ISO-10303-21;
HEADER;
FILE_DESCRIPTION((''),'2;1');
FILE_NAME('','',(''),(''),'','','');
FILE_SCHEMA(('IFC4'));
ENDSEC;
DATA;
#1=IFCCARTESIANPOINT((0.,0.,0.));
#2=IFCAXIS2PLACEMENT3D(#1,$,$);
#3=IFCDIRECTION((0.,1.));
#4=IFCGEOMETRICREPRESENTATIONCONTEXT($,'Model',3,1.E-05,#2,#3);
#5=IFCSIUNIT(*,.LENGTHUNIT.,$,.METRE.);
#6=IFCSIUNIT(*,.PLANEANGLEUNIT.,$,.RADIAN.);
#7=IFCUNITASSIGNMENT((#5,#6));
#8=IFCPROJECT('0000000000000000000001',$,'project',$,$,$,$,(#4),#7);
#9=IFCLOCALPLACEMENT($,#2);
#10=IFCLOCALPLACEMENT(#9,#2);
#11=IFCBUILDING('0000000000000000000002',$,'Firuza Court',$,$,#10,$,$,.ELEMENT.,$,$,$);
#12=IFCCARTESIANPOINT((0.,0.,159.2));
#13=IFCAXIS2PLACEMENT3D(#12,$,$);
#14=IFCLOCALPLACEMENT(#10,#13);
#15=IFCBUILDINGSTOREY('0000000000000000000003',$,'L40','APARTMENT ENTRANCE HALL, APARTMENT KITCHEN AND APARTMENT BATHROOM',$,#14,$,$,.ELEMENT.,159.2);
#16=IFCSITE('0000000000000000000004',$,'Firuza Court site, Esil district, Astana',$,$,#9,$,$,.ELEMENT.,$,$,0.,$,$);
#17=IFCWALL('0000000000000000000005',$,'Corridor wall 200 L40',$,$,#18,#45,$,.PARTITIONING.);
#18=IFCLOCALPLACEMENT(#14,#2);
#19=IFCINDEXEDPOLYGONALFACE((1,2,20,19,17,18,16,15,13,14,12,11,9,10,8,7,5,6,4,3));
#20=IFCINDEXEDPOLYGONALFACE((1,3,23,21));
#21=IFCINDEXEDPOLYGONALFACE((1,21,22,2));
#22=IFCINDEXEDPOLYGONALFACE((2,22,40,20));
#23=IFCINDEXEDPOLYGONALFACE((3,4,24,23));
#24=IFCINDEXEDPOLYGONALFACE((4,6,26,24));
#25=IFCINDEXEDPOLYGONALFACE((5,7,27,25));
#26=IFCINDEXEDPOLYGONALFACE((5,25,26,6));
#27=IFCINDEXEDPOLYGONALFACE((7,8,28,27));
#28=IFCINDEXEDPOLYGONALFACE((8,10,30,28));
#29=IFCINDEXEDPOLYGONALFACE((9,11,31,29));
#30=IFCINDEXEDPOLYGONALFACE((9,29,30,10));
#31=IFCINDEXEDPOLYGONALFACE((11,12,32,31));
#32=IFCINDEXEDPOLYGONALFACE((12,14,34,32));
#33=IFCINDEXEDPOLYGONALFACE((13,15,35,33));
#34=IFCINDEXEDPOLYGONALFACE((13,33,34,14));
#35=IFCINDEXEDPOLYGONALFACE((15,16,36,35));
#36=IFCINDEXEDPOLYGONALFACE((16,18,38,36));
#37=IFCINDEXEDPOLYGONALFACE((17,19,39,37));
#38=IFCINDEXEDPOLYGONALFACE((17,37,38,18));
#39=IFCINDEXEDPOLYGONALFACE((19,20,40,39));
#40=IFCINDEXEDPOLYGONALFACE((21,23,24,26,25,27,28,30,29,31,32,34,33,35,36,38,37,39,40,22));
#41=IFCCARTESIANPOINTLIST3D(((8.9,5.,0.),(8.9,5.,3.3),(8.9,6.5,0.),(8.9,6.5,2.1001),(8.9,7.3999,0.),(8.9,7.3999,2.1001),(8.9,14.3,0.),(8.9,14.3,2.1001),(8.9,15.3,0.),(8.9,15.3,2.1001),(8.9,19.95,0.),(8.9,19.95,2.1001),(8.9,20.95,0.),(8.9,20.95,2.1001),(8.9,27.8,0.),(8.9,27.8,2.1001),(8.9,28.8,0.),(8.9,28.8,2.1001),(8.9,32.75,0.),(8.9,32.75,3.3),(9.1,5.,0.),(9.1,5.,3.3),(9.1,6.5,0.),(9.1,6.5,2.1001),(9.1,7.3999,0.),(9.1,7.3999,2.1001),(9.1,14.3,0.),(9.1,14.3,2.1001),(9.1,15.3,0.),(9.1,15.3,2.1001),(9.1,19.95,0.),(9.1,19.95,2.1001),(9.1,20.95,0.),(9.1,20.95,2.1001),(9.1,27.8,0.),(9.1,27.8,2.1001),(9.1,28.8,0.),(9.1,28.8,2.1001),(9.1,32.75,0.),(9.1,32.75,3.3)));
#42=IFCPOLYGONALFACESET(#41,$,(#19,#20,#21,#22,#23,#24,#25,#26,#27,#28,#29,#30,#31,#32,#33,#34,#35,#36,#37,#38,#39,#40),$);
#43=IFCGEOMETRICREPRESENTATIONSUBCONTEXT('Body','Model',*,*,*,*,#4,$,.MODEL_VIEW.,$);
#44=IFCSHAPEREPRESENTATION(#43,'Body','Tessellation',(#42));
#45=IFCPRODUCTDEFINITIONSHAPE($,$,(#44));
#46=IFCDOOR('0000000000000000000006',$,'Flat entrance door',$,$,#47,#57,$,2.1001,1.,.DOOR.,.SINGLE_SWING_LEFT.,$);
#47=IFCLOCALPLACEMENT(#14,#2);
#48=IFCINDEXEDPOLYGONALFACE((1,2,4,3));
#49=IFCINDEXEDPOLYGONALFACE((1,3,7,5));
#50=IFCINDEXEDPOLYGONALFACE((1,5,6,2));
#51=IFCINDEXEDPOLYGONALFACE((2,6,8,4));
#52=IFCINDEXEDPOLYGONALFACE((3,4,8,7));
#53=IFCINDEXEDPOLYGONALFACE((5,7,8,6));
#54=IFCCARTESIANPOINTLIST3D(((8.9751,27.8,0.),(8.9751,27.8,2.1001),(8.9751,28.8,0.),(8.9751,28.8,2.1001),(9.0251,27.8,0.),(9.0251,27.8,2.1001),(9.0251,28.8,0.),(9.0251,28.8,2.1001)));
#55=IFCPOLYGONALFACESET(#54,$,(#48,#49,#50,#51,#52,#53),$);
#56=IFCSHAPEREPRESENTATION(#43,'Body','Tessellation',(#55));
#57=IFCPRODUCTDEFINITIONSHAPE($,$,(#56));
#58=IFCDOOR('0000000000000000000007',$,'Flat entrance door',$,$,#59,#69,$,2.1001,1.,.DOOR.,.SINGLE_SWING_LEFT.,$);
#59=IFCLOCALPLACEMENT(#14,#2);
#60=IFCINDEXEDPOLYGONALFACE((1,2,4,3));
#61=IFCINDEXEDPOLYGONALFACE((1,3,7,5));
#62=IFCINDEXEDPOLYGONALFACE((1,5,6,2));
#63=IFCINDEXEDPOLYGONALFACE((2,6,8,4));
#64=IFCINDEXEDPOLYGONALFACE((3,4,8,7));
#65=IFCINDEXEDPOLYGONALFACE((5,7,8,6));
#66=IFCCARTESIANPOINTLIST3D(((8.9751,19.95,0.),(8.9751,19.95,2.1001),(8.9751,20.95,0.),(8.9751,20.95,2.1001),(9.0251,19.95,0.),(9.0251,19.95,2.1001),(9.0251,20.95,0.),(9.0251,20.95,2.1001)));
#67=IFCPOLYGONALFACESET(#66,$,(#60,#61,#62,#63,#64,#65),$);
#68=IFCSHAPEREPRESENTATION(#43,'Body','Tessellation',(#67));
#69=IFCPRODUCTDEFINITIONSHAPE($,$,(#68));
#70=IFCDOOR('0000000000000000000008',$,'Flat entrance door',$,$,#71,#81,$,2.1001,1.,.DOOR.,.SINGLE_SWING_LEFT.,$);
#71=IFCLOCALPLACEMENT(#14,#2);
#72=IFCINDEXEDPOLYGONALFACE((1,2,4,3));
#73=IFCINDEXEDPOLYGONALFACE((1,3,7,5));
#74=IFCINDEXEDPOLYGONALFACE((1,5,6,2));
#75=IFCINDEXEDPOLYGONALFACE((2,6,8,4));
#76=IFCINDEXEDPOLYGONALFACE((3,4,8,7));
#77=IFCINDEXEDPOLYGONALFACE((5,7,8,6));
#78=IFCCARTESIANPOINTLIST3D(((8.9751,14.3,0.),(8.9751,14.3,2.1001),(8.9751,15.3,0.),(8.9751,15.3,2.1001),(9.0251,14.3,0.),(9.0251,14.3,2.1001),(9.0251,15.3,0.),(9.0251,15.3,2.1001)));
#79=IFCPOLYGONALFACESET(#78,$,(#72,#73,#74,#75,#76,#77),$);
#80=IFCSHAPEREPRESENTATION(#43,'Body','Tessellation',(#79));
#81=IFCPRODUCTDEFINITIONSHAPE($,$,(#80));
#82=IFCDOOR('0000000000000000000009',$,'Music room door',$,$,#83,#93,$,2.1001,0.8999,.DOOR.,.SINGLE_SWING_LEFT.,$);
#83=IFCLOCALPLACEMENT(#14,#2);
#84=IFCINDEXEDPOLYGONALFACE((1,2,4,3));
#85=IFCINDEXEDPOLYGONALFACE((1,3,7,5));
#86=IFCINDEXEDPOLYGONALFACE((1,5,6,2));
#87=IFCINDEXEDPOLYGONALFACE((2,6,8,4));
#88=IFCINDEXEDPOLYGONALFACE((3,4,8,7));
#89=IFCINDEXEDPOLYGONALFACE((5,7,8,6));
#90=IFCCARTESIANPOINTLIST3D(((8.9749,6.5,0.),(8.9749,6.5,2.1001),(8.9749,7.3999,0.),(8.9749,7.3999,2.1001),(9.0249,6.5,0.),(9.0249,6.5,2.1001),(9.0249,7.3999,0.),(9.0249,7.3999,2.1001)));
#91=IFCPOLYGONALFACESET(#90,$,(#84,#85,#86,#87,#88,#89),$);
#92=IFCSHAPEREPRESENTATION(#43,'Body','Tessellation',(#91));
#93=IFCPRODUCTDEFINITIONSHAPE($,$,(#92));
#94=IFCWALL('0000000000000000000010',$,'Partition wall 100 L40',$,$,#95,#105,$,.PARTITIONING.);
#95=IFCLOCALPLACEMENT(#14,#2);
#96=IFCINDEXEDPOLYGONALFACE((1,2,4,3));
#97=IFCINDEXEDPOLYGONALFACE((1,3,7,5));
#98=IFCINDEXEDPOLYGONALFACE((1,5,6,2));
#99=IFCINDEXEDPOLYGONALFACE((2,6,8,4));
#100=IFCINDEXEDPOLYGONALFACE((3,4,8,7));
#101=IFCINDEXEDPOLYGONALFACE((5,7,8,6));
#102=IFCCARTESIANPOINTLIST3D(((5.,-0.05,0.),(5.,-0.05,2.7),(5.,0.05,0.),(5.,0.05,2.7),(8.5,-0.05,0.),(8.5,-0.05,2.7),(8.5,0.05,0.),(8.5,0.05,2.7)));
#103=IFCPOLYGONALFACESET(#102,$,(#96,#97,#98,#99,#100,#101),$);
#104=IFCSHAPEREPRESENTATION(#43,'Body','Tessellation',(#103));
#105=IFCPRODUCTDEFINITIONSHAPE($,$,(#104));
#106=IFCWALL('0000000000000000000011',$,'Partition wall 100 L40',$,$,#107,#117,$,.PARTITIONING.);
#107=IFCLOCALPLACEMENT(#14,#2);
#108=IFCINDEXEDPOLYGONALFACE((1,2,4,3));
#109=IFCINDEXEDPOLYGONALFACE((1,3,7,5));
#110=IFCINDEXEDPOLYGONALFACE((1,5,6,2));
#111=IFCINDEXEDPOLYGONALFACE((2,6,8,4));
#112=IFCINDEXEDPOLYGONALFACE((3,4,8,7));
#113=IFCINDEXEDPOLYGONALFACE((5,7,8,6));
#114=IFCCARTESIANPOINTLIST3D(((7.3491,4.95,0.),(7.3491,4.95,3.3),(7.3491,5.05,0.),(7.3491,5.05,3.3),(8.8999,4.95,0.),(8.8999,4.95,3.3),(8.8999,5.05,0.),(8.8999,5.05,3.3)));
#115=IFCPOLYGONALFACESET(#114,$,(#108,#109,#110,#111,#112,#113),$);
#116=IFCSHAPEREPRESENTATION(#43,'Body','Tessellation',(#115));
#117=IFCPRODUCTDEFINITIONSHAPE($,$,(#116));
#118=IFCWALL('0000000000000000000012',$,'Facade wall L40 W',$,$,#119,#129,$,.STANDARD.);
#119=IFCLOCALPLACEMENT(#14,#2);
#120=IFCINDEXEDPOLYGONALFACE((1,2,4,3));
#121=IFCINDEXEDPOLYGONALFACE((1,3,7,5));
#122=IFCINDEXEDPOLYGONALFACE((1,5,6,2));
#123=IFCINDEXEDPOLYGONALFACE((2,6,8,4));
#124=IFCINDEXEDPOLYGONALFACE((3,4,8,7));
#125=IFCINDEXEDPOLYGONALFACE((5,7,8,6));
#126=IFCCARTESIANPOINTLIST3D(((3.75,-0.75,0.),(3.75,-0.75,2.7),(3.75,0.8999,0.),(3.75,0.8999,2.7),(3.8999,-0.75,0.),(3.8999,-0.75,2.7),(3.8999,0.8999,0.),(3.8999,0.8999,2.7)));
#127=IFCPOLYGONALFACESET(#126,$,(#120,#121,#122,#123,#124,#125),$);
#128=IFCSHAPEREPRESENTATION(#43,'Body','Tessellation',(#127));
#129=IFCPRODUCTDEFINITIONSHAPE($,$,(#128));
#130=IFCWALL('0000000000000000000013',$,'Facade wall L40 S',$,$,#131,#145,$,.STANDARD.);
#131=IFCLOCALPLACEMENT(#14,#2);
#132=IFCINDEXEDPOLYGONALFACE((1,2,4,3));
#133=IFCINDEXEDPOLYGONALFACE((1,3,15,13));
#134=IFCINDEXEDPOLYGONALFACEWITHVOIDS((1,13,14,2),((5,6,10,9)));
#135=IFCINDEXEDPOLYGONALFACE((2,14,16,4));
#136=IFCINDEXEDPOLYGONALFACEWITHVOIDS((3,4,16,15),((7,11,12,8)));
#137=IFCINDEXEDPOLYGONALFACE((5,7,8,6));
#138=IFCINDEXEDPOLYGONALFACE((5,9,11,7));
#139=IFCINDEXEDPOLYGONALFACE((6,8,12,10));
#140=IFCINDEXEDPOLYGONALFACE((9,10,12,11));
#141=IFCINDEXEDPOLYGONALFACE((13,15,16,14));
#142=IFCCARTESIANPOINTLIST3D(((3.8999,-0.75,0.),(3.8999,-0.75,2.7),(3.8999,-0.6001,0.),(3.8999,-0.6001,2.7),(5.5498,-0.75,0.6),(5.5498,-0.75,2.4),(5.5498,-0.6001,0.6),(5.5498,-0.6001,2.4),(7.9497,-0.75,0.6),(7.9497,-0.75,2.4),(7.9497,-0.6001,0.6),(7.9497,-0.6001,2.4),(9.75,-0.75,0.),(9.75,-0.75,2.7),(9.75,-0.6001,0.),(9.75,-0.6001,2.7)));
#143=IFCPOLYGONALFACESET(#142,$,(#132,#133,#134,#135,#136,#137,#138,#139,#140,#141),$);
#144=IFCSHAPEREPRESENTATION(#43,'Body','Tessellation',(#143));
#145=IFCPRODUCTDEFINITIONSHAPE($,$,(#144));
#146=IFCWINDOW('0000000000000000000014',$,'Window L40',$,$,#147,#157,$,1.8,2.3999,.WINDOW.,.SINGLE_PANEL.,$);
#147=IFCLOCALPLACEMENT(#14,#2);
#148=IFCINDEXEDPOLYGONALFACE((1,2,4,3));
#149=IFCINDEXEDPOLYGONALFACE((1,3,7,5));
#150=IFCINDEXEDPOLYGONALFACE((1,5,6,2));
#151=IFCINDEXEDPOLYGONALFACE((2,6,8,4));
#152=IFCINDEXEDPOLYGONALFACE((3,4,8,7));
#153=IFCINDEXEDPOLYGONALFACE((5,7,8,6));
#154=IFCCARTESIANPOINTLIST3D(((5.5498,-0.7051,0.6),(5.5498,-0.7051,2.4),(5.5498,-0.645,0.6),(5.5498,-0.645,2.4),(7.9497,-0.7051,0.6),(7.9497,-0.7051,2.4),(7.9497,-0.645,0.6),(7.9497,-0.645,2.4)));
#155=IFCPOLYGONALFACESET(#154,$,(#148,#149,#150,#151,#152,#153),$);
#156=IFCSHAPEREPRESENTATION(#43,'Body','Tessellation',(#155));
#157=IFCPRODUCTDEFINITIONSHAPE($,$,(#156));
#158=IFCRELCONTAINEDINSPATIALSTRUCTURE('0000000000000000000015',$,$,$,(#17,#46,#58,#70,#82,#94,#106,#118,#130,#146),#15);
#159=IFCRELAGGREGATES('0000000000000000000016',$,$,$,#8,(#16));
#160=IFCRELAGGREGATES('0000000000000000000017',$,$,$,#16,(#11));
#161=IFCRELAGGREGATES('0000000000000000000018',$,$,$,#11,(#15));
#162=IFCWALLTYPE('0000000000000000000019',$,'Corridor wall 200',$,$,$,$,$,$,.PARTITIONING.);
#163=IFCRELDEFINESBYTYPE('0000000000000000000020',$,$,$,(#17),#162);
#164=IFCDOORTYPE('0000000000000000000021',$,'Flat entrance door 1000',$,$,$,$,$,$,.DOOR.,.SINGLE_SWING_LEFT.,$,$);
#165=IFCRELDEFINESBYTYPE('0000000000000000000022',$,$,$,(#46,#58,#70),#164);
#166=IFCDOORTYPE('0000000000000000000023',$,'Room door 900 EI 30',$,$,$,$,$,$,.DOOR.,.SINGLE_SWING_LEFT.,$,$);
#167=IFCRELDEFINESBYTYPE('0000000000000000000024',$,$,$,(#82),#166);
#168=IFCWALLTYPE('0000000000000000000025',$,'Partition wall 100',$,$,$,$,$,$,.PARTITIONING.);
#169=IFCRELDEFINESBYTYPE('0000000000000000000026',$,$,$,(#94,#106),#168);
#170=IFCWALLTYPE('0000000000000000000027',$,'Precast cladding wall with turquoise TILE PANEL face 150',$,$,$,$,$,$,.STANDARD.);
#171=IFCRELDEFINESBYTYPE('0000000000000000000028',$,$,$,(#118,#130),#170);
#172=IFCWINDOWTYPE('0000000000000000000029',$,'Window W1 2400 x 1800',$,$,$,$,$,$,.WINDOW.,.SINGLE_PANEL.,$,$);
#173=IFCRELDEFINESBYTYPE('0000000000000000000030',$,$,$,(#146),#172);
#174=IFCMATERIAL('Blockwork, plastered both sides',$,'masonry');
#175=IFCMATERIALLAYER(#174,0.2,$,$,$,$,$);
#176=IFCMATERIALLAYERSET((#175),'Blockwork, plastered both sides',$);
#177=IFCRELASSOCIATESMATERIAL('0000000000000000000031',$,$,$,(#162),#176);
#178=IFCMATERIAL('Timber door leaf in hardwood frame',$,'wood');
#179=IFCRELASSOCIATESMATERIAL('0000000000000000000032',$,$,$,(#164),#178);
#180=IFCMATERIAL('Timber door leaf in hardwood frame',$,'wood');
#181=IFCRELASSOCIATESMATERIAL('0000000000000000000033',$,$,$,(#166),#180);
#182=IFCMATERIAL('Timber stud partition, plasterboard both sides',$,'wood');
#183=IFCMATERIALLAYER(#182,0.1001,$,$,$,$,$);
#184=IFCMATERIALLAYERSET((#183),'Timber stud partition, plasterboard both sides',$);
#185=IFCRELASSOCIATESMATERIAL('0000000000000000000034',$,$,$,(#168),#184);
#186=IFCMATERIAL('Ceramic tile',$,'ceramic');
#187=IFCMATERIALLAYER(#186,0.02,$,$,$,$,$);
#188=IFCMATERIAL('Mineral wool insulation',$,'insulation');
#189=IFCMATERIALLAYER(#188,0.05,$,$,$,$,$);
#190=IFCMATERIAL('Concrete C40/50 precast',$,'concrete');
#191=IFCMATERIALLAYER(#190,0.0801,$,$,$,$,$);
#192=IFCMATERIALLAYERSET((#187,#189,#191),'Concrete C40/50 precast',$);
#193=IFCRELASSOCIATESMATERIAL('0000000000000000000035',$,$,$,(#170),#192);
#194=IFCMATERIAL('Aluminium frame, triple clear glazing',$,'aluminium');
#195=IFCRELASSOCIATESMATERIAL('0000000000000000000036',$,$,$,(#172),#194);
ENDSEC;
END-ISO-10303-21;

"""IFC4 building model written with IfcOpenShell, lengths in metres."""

from ifc_helpers import new_model, si_unit, direction, frame, frame_2d, origin, place, context, subcontext, project, spatial, rectangle, extrude, material, layer, layer_set, type_object, element, fill, save


model = new_model("IFC4")

# Units and contexts
model_context = context("Model", 3, precision=1e-05, world=origin(), true_north=direction((0.0, 1.0)))
body_context = subcontext(model_context, "Body", "Model", "MODEL_VIEW")
ifc_project = project(units=[si_unit("LENGTHUNIT", "METRE"), si_unit("PLANEANGLEUNIT", "RADIAN")], contexts=[model_context])

# Site, building, storey
site_placement = place(None, origin())
site = spatial("IfcSite", under=ifc_project, at=site_placement, Name="Firuza Court site, Esil district, Astana", CompositionType="ELEMENT", RefElevation=0.0)
building_placement = place(site_placement, origin())
building = spatial("IfcBuilding", under=site, at=building_placement, Name="Firuza Court", CompositionType="ELEMENT")
storey_placement = place(building_placement, frame((0.0, 0.0, 159.2)))
storey = spatial("IfcBuildingStorey", under=building, at=storey_placement, Name="L40", Description="APARTMENT ENTRANCE HALL, APARTMENT KITCHEN AND APARTMENT BATHROOM", CompositionType="ELEMENT", Elevation=159.2)

# Wall, openings, doors
ifc_material_1 = material(Name="Blockwork, plastered both sides", Category="masonry")
ifc_layer_1 = layer(ifc_material_1, 0.2)
ifc_layer_set_1 = layer_set([ifc_layer_1], Name="Blockwork, plastered both sides")
wall_type_1 = type_object("IfcWallType", Name="Corridor wall 200", PredefinedType="PARTITIONING", material=ifc_layer_set_1)
wall_1_placement = place(storey_placement, frame((9.0, 5.0, 0.0), z_axis=(0.0, 0.0, 1.0), x_axis=(0.0, 1.0, 0.0)))
wall_1 = element("IfcWall", 1, at=wall_1_placement, inside=storey, type_object=wall_type_1, Name="Corridor wall 200 L40", PredefinedType="PARTITIONING", context=body_context, shape_type="SweptSolid", body=[
    extrude(rectangle(XDim=27.75, YDim=0.2, at=frame_2d((13.875, 0.0))), origin(), (0.0, 0.0, 1.0), 3.3),
])
opening_1_placement = place(wall_1_placement, frame((22.8, 0.0, 0.0)))
opening_1 = element("IfcOpeningElement", 2, at=opening_1_placement, cuts=wall_1, PredefinedType="OPENING", context=body_context, shape_type="SweptSolid", body=[
    extrude(rectangle(XDim=1.0, YDim=2.1001, at=frame_2d((0.5, 1.05))), frame((0.0, 0.1118, 0.0), z_axis=(0.0, -1.0, 0.0), x_axis=(1.0, 0.0, 0.0)), (0.0, 0.0, 1.0), 0.2239),
])
opening_2_placement = place(wall_1_placement, frame((14.95, 0.0, 0.0)))
opening_2 = element("IfcOpeningElement", 3, at=opening_2_placement, cuts=wall_1, PredefinedType="OPENING", context=body_context, shape_type="SweptSolid", body=[
    extrude(rectangle(XDim=1.0, YDim=2.1001, at=frame_2d((0.5, 1.05))), frame((0.0, 0.1118, 0.0), z_axis=(0.0, -1.0, 0.0), x_axis=(1.0, 0.0, 0.0)), (0.0, 0.0, 1.0), 0.2239),
])
opening_3_placement = place(wall_1_placement, frame((9.3, 0.0, 0.0)))
opening_3 = element("IfcOpeningElement", 4, at=opening_3_placement, cuts=wall_1, PredefinedType="OPENING", context=body_context, shape_type="SweptSolid", body=[
    extrude(rectangle(XDim=1.0, YDim=2.1001, at=frame_2d((0.5, 1.05))), frame((0.0, 0.1118, 0.0), z_axis=(0.0, -1.0, 0.0), x_axis=(1.0, 0.0, 0.0)), (0.0, 0.0, 1.0), 0.2239),
])
opening_4_placement = place(wall_1_placement, frame((1.5, 0.0, 0.0)))
opening_4 = element("IfcOpeningElement", 5, at=opening_4_placement, cuts=wall_1, PredefinedType="OPENING", context=body_context, shape_type="SweptSolid", body=[
    extrude(rectangle(XDim=0.8999, YDim=2.1001, at=frame_2d((0.45, 1.05))), frame((0.0, 0.1118, 0.0), z_axis=(0.0, -1.0, 0.0), x_axis=(1.0, 0.0, 0.0)), (0.0, 0.0, 1.0), 0.2239),
])
ifc_material_2 = material(Name="Timber door leaf in hardwood frame", Category="wood")
door_type_1 = type_object("IfcDoorType", Name="Flat entrance door 1000", OperationType="SINGLE_SWING_LEFT", PredefinedType="DOOR", material=ifc_material_2)
door_1_placement = place(opening_1_placement, origin())
door_1 = element("IfcDoor", 6, at=door_1_placement, inside=storey, type_object=door_type_1, Name="Flat entrance door", OperationType="SINGLE_SWING_LEFT", OverallHeight=2.1001, OverallWidth=1.0, PredefinedType="DOOR", context=body_context, shape_type="SweptSolid", body=[
    extrude(rectangle(XDim=1.0, YDim=2.1001, at=frame_2d((0.5, 1.05))), frame((0.0, 0.0249, 0.0), z_axis=(0.0, -1.0, 0.0), x_axis=(1.0, 0.0, 0.0)), (0.0, 0.0, 1.0), 0.05),
])
fill(opening_1, door_1)
door_2_placement = place(opening_2_placement, origin())
door_2 = element("IfcDoor", 7, at=door_2_placement, inside=storey, type_object=door_type_1, Name="Flat entrance door", OperationType="SINGLE_SWING_LEFT", OverallHeight=2.1001, OverallWidth=1.0, PredefinedType="DOOR", context=body_context, shape_type="SweptSolid", body=[
    extrude(rectangle(XDim=1.0, YDim=2.1001, at=frame_2d((0.5, 1.05))), frame((0.0, 0.0249, 0.0), z_axis=(0.0, -1.0, 0.0), x_axis=(1.0, 0.0, 0.0)), (0.0, 0.0, 1.0), 0.05),
])
fill(opening_2, door_2)
door_3_placement = place(opening_3_placement, origin())
door_3 = element("IfcDoor", 8, at=door_3_placement, inside=storey, type_object=door_type_1, Name="Flat entrance door", OperationType="SINGLE_SWING_LEFT", OverallHeight=2.1001, OverallWidth=1.0, PredefinedType="DOOR", context=body_context, shape_type="SweptSolid", body=[
    extrude(rectangle(XDim=1.0, YDim=2.1001, at=frame_2d((0.5, 1.05))), frame((0.0, 0.0249, 0.0), z_axis=(0.0, -1.0, 0.0), x_axis=(1.0, 0.0, 0.0)), (0.0, 0.0, 1.0), 0.05),
])
fill(opening_3, door_3)
ifc_material_3 = material(Name="Timber door leaf in hardwood frame", Category="wood")
door_type_2 = type_object("IfcDoorType", Name="Room door 900 EI 30", OperationType="SINGLE_SWING_LEFT", PredefinedType="DOOR", material=ifc_material_3)
door_4_placement = place(opening_4_placement, frame((0.8999, 0.0, 0.0), z_axis=(0.0, 0.0, 1.0), x_axis=(-1.0, 0.0, 0.0)))
door_4 = element("IfcDoor", 9, at=door_4_placement, inside=storey, type_object=door_type_2, Name="Music room door", OperationType="SINGLE_SWING_LEFT", OverallHeight=2.1001, OverallWidth=0.8999, PredefinedType="DOOR", context=body_context, shape_type="SweptSolid", body=[
    extrude(rectangle(XDim=0.8999, YDim=2.1001, at=frame_2d((0.45, 1.05))), frame((0.0, 0.0249, 0.0), z_axis=(0.0, -1.0, 0.0), x_axis=(1.0, 0.0, 0.0)), (0.0, 0.0, 1.0), 0.05),
])
fill(opening_4, door_4)

# Walls
ifc_material_4 = material(Name="Timber stud partition, plasterboard both sides", Category="wood")
ifc_layer_2 = layer(ifc_material_4, 0.1001)
ifc_layer_set_2 = layer_set([ifc_layer_2], Name="Timber stud partition, plasterboard both sides")
wall_type_2 = type_object("IfcWallType", Name="Partition wall 100", PredefinedType="PARTITIONING", material=ifc_layer_set_2)
wall_2_placement = place(storey_placement, frame((5.0, 0.0, 0.0), z_axis=(0.0, 0.0, 1.0), x_axis=(1.0, 0.0, 0.0)))
element("IfcWall", 10, at=wall_2_placement, inside=storey, type_object=wall_type_2, Name="Partition wall 100 L40", PredefinedType="PARTITIONING", context=body_context, shape_type="SweptSolid", body=[
    extrude(rectangle(XDim=3.5, YDim=0.1001, at=frame_2d((1.75, 0.0))), origin(), (0.0, 0.0, 1.0), 2.7),
])
wall_3_placement = place(storey_placement, frame((7.3491, 5.0, 0.0), z_axis=(0.0, 0.0, 1.0), x_axis=(1.0, 0.0, 0.0)))
element("IfcWall", 11, at=wall_3_placement, inside=storey, type_object=wall_type_2, Name="Partition wall 100 L40", PredefinedType="PARTITIONING", context=body_context, shape_type="SweptSolid", body=[
    extrude(rectangle(XDim=1.5508, YDim=0.1001, at=frame_2d((0.7754, 0.0))), origin(), (0.0, 0.0, 1.0), 3.3),
])
ifc_material_5 = material(Name="Ceramic tile", Category="ceramic")
ifc_layer_3 = layer(ifc_material_5, 0.02)
ifc_material_6 = material(Name="Mineral wool insulation", Category="insulation")
ifc_layer_4 = layer(ifc_material_6, 0.05)
ifc_material_7 = material(Name="Concrete C40/50 precast", Category="concrete")
ifc_layer_5 = layer(ifc_material_7, 0.0801)
ifc_layer_set_3 = layer_set([ifc_layer_3, ifc_layer_4, ifc_layer_5], Name="Concrete C40/50 precast")
wall_type_3 = type_object("IfcWallType", Name="Precast cladding wall with turquoise TILE PANEL face 150", PredefinedType="STANDARD", material=ifc_layer_set_3)
wall_4_placement = place(storey_placement, frame((3.825, 0.8999, 0.0), z_axis=(0.0, 0.0, 1.0), x_axis=(0.0, -1.0, 0.0)))
element("IfcWall", 12, at=wall_4_placement, inside=storey, type_object=wall_type_3, Name="Facade wall L40 W", PredefinedType="STANDARD", context=body_context, shape_type="SweptSolid", body=[
    extrude(rectangle(XDim=1.6499, YDim=0.1499, at=frame_2d((0.825, 0.0))), origin(), (0.0, 0.0, 1.0), 2.7),
])

# Wall, opening, window
wall_5_placement = place(storey_placement, frame((3.8999, -0.675, 0.0), z_axis=(0.0, 0.0, 1.0), x_axis=(1.0, 0.0, 0.0)))
wall_5 = element("IfcWall", 13, at=wall_5_placement, inside=storey, type_object=wall_type_3, Name="Facade wall L40 S", PredefinedType="STANDARD", context=body_context, shape_type="SweptSolid", body=[
    extrude(rectangle(XDim=5.8501, YDim=0.1499, at=frame_2d((2.925, 0.0))), origin(), (0.0, 0.0, 1.0), 2.7),
])
opening_5_placement = place(wall_5_placement, frame((1.6499, 0.0, 0.6001)))
opening_5 = element("IfcOpeningElement", 14, at=opening_5_placement, cuts=wall_5, PredefinedType="OPENING", context=body_context, shape_type="SweptSolid", body=[
    extrude(rectangle(XDim=2.3999, YDim=1.8, at=frame_2d((1.2, 0.8999))), frame((0.0, 0.0869, 0.0), z_axis=(0.0, -1.0, 0.0), x_axis=(1.0, 0.0, 0.0)), (0.0, 0.0, 1.0), 0.1738),
])
ifc_material_8 = material(Name="Aluminium frame, triple clear glazing", Category="aluminium")
window_type = type_object("IfcWindowType", Name="Window W1 2400 x 1800", PartitioningType="SINGLE_PANEL", PredefinedType="WINDOW", material=ifc_material_8)
window_placement = place(opening_5_placement, origin())
window = element("IfcWindow", 15, at=window_placement, inside=storey, type_object=window_type, Name="Window L40", OverallHeight=1.8, OverallWidth=2.3999, PartitioningType="SINGLE_PANEL", PredefinedType="WINDOW", context=body_context, shape_type="SweptSolid", body=[
    extrude(rectangle(XDim=2.3999, YDim=1.8, at=frame_2d((1.2, 0.8999))), frame((0.0, 0.03, 0.0), z_axis=(0.0, -1.0, 0.0), x_axis=(1.0, 0.0, 0.0)), (0.0, 0.0, 1.0), 0.0601),
])
fill(opening_5, window)

save(model, "model.ifc")
